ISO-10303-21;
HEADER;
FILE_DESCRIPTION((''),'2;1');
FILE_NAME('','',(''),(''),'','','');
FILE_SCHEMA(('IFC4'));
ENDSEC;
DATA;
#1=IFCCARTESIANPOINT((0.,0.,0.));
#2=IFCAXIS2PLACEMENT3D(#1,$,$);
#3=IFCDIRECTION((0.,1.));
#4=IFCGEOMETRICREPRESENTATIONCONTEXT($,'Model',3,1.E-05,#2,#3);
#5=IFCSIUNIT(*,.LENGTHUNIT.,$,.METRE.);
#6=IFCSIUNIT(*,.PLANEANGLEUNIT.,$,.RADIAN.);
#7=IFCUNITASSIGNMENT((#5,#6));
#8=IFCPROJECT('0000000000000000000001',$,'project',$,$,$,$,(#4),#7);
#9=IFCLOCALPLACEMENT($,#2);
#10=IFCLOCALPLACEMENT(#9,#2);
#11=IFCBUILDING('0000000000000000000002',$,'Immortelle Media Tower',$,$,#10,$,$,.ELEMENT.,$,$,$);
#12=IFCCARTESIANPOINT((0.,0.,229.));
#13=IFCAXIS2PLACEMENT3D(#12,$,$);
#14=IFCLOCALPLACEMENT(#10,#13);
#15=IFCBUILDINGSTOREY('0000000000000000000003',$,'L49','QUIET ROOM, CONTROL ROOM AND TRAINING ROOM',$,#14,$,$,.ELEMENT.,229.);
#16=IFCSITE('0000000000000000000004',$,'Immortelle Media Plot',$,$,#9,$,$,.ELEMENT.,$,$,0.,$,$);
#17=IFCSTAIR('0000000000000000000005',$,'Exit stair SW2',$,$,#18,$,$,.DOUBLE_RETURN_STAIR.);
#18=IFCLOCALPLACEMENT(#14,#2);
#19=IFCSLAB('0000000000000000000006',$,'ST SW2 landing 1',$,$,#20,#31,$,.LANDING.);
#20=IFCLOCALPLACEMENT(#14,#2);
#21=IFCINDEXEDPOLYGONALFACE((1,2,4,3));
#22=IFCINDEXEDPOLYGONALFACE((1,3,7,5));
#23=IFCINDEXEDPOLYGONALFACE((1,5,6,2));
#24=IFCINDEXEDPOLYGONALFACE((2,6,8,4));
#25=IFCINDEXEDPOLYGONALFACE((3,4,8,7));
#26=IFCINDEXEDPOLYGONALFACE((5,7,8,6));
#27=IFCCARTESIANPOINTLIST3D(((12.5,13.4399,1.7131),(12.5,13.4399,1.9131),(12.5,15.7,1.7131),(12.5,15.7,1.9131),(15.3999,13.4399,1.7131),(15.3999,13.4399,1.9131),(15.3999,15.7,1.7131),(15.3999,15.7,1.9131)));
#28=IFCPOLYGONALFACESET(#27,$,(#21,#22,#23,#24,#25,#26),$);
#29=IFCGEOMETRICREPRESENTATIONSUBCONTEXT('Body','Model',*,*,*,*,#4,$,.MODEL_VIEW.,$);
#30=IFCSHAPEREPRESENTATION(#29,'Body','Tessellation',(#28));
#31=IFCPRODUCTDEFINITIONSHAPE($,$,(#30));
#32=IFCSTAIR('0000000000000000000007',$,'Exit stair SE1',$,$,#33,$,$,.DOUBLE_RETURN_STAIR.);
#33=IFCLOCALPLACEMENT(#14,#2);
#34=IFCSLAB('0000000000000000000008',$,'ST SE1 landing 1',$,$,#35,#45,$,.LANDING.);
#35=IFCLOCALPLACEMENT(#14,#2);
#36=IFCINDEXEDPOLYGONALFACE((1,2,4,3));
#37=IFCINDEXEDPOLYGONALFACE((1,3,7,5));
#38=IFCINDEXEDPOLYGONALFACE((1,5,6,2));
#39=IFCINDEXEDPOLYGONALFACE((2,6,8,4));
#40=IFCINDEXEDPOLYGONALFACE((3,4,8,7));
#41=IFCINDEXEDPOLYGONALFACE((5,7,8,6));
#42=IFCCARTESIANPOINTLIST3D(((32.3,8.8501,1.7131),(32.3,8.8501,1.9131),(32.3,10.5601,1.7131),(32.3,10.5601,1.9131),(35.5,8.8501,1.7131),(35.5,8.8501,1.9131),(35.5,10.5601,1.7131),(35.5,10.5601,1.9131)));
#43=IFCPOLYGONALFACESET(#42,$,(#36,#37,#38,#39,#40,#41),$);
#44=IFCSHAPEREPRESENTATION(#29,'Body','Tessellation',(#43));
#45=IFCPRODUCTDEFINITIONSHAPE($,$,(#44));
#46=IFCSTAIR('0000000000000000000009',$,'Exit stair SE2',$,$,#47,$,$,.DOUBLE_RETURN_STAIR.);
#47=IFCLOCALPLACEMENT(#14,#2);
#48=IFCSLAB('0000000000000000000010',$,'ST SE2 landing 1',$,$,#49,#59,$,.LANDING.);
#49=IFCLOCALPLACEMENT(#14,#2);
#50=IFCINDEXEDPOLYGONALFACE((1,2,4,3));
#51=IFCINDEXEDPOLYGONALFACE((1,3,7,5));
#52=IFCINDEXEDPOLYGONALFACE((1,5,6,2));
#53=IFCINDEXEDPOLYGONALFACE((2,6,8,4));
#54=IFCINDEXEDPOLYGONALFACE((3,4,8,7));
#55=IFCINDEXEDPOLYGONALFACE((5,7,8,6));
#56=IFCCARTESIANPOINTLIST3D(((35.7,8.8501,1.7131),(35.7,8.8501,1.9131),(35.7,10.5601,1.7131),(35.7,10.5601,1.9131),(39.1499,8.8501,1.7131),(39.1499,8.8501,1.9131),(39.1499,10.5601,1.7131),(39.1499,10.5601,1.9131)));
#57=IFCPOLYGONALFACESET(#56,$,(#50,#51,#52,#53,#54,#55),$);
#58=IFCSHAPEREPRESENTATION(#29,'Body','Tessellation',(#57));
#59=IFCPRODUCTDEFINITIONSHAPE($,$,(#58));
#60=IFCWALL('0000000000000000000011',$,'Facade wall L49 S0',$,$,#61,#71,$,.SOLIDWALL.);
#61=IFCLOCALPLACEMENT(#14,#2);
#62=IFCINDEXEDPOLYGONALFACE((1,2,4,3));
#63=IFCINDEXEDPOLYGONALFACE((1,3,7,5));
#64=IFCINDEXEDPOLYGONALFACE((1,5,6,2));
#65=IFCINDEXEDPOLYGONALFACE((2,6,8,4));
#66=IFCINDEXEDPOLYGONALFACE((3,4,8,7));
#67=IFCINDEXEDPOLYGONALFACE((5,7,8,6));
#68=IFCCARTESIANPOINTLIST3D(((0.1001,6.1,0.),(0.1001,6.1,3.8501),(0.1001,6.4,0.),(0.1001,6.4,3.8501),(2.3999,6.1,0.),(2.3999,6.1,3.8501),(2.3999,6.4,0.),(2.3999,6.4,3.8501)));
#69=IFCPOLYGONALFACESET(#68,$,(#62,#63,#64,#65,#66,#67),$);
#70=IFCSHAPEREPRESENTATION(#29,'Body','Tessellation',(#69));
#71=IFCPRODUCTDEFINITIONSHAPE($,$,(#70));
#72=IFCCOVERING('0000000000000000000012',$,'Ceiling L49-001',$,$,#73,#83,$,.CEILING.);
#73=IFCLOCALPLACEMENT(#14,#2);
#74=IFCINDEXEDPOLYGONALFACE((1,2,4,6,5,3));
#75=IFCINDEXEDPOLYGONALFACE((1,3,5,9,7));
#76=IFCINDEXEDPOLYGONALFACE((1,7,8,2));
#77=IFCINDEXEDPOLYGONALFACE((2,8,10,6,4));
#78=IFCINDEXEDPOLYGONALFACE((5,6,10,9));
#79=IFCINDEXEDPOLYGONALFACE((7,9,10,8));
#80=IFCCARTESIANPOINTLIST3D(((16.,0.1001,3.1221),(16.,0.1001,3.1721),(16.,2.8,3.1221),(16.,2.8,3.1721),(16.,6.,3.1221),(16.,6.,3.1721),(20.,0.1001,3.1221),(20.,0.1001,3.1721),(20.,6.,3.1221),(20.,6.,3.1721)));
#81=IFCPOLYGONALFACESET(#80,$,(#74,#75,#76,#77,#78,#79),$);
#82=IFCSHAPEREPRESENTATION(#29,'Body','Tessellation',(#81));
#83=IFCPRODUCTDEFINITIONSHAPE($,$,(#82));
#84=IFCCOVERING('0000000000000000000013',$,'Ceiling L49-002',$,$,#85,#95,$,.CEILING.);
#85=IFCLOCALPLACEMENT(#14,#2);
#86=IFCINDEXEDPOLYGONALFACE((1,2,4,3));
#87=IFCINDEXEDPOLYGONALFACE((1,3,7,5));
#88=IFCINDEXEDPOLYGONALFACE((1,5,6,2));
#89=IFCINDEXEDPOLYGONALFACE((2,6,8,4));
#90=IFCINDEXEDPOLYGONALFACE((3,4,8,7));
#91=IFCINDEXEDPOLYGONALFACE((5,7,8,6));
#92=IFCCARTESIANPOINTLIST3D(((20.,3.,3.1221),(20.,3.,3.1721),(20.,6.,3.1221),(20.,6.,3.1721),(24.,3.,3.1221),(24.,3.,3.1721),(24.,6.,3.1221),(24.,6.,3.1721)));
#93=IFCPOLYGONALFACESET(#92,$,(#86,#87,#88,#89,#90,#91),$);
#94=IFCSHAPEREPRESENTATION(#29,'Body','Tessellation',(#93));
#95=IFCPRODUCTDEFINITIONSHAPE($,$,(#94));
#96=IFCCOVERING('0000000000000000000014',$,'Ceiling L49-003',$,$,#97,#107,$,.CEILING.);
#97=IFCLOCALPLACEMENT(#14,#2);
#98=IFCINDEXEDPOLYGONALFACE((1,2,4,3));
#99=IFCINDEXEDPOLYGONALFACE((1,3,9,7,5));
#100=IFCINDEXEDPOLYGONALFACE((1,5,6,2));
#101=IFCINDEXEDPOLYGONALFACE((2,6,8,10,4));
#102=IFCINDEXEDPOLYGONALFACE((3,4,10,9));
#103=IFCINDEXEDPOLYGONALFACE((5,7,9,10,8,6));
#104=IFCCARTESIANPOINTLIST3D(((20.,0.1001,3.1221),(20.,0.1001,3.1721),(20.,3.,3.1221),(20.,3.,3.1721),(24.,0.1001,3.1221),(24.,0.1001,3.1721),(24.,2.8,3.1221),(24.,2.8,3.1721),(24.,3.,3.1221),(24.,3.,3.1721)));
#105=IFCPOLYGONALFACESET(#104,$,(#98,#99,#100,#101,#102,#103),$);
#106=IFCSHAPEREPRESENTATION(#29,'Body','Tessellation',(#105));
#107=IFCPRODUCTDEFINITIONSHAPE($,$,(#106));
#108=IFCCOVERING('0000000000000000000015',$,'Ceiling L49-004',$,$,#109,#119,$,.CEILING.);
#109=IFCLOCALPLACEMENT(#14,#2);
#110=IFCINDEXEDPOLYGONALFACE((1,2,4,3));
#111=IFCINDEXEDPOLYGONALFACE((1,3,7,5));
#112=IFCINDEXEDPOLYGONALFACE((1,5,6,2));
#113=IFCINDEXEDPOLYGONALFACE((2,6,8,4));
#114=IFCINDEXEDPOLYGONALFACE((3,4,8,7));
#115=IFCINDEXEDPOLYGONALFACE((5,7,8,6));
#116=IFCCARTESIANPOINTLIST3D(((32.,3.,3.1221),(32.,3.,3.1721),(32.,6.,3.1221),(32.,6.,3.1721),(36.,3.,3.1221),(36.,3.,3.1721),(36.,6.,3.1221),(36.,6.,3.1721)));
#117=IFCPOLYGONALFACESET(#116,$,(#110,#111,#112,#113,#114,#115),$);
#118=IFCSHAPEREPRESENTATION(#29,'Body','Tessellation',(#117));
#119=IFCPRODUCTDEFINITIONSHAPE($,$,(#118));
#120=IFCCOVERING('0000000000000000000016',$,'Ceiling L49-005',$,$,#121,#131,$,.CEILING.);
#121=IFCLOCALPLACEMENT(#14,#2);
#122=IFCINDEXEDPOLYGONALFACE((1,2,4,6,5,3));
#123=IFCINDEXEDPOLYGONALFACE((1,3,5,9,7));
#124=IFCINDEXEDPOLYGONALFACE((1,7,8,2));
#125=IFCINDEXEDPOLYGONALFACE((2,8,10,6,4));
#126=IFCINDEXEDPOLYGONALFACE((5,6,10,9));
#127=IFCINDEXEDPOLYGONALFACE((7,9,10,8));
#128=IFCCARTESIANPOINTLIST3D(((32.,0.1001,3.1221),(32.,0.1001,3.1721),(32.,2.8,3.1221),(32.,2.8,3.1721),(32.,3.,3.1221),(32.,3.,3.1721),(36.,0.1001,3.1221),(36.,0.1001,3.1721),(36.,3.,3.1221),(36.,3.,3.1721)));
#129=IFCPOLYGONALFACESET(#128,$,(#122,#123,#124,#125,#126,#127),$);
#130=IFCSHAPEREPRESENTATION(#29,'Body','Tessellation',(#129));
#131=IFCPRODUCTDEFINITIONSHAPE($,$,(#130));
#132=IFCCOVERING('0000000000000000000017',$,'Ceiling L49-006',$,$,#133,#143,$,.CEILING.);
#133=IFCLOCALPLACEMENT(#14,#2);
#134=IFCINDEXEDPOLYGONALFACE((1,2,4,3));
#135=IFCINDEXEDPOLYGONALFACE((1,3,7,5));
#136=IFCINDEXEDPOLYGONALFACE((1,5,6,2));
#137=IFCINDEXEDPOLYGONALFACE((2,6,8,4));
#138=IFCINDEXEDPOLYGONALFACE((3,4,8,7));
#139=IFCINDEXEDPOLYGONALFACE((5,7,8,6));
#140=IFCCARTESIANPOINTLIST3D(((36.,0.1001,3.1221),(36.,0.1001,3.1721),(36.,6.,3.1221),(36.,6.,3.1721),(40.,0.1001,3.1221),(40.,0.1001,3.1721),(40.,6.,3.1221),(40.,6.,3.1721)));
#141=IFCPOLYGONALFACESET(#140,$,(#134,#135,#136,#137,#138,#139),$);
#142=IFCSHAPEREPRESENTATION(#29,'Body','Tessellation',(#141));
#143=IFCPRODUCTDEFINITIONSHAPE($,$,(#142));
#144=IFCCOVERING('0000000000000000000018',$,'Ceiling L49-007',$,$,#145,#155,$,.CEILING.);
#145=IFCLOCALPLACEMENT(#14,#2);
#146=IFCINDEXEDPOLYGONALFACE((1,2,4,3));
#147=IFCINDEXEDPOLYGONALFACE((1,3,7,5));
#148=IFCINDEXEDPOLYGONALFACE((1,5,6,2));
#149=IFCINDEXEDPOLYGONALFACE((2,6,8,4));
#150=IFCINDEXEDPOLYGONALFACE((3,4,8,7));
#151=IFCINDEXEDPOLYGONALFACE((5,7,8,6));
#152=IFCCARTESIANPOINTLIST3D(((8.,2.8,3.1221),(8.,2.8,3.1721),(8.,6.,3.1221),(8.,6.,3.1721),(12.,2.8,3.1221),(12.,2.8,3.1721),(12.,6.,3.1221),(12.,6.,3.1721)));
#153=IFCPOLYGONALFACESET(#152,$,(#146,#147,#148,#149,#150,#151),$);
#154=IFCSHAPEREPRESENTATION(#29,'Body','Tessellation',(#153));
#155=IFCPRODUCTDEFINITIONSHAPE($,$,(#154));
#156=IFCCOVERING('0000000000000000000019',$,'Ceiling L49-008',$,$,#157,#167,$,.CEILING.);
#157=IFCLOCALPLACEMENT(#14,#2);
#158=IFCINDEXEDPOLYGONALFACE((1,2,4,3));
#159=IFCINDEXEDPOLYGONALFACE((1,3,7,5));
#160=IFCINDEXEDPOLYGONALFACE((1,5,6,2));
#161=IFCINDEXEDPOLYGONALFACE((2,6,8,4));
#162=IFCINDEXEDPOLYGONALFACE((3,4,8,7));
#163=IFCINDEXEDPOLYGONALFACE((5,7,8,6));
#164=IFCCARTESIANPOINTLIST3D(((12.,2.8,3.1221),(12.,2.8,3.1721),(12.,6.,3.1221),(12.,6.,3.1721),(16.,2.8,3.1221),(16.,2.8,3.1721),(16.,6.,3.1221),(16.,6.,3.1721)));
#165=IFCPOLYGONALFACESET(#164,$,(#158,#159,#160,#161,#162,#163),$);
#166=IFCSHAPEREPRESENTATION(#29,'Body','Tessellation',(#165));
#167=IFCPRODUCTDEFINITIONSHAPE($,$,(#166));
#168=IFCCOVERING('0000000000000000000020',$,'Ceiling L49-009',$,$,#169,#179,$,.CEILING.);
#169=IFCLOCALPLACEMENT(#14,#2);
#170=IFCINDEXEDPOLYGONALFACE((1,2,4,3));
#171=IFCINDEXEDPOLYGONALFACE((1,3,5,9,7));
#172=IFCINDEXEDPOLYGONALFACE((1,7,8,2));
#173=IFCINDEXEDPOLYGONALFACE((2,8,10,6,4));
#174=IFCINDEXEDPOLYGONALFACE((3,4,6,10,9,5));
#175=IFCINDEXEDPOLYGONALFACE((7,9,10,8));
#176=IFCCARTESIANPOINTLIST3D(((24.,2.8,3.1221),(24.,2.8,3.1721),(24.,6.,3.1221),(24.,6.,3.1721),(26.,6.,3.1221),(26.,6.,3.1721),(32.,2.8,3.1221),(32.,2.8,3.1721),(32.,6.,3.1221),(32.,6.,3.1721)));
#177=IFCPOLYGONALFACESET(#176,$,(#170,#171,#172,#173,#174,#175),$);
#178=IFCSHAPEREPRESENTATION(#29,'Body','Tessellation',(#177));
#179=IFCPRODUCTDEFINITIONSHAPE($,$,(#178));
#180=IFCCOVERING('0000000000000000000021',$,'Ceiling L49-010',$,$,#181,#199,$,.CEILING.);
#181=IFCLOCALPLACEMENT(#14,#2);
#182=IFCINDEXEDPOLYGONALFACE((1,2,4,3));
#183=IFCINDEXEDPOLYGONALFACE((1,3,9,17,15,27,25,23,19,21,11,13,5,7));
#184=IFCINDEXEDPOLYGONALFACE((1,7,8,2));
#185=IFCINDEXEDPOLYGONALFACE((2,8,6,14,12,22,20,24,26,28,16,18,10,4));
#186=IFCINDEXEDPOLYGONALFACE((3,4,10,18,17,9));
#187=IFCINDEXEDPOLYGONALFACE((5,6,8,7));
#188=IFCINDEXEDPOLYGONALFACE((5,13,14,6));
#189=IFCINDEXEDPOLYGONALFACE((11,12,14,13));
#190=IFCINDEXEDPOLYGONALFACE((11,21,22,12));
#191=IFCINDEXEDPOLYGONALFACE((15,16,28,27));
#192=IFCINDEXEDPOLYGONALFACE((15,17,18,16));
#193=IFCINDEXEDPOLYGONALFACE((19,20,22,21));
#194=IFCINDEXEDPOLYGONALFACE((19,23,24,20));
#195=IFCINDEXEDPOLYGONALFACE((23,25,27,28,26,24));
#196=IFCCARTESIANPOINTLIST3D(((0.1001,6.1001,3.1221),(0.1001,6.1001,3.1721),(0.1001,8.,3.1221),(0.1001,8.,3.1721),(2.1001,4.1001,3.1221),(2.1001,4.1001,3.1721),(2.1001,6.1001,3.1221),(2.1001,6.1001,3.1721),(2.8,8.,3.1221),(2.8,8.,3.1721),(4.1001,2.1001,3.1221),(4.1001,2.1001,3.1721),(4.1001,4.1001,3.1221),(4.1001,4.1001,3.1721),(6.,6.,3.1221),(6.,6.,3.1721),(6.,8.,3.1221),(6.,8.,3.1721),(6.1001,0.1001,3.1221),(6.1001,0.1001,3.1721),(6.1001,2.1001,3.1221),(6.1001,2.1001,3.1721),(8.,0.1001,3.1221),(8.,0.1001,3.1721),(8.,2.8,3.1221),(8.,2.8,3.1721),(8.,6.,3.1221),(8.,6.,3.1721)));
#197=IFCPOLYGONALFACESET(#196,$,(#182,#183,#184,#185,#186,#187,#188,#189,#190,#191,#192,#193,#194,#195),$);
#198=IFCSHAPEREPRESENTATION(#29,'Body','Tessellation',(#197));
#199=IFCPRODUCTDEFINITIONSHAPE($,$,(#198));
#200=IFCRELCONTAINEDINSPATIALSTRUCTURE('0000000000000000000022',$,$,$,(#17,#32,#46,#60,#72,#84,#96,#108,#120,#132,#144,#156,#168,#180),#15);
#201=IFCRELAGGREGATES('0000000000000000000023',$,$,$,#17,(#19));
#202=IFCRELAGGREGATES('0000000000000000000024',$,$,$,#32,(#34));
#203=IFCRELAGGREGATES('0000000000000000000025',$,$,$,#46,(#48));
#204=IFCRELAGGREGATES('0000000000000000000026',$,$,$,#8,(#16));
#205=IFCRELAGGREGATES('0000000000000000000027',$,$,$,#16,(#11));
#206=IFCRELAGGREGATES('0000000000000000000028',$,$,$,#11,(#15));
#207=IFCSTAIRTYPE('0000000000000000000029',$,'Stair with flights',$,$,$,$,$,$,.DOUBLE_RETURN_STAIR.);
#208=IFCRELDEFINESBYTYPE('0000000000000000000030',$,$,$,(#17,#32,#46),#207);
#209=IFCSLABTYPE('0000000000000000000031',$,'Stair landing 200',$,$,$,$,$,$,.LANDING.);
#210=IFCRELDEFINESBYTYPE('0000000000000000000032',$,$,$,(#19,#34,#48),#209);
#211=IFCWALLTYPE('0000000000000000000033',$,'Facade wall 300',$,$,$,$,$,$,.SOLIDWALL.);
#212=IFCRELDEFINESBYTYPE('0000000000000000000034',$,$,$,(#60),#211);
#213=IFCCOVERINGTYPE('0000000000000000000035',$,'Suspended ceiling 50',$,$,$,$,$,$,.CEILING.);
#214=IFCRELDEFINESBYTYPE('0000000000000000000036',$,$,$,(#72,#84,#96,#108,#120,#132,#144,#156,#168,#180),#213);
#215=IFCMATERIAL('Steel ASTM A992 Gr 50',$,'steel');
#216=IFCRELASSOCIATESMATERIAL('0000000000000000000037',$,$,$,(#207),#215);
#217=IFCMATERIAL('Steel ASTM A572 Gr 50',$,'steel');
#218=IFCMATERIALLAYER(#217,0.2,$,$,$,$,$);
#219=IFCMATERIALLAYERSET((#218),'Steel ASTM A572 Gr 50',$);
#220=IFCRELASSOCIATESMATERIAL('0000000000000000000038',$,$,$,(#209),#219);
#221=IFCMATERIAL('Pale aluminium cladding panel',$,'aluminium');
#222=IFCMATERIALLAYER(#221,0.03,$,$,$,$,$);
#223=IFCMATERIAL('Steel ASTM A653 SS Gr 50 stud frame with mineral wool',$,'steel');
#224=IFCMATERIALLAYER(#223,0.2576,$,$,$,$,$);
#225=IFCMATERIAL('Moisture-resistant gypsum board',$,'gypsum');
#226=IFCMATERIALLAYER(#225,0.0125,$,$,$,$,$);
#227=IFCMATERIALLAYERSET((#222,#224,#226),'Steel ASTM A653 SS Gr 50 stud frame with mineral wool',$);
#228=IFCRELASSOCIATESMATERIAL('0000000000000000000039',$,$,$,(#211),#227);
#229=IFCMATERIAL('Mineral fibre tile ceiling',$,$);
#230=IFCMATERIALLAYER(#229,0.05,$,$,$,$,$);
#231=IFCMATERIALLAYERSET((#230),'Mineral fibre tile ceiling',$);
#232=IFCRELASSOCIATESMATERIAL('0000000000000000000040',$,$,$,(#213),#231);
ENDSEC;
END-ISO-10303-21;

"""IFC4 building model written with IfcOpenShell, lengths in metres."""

from ifc_helpers import new_model, si_unit, direction, frame, frame_2d, origin, place, context, subcontext, project, spatial, polyline, rectangle, outline, extrude, material, layer, layer_set, type_object, element, aggregate, save


model = new_model("IFC4")

# Units and contexts
model_context = context("Model", 3, precision=1e-05, world=origin(), true_north=direction((0.0, 1.0)))
body_context = subcontext(model_context, "Body", "Model", "MODEL_VIEW")
ifc_project = project(units=[si_unit("LENGTHUNIT", "METRE"), si_unit("PLANEANGLEUNIT", "RADIAN")], contexts=[model_context])

# Site, building, storey
site_placement = place(None, origin())
site = spatial("IfcSite", under=ifc_project, at=site_placement, Name="Immortelle Media Plot", CompositionType="ELEMENT", RefElevation=0.0)
building_placement = place(site_placement, origin())
building = spatial("IfcBuilding", under=site, at=building_placement, Name="Immortelle Media Tower", CompositionType="ELEMENT")
storey_placement = place(building_placement, frame((0.0, 0.0, 229.0)))
storey = spatial("IfcBuildingStorey", under=building, at=storey_placement, Name="L49", Description="QUIET ROOM, CONTROL ROOM AND TRAINING ROOM", CompositionType="ELEMENT", Elevation=229.0)

# Shared definitions
ifc_material_1 = material(Name="Steel ASTM A992 Gr 50", Category="steel")

# Stairs, slabs
stair_type = type_object("IfcStairType", Name="Stair with flights", PredefinedType="DOUBLE_RETURN_STAIR", material=ifc_material_1)
ifc_material_2 = material(Name="Steel ASTM A572 Gr 50", Category="steel")
ifc_layer_1 = layer(ifc_material_2, 0.2)
ifc_layer_set_1 = layer_set([ifc_layer_1], Name="Steel ASTM A572 Gr 50")
slab_type_1 = type_object("IfcSlabType", Name="Stair landing 200", PredefinedType="LANDING", material=ifc_layer_set_1)
stair_1_placement = place(storey_placement, origin())
stair_1 = element("IfcStair", 1, at=stair_1_placement, inside=storey, type_object=stair_type, Name="Exit stair SW2", PredefinedType="DOUBLE_RETURN_STAIR")
slab_1_placement = place(storey_placement, frame((0.0, 0.0, 1.7131)))
slab_1 = element("IfcSlab", 2, at=slab_1_placement, type_object=slab_type_1, Name="ST SW2 landing 1", PredefinedType="LANDING", context=body_context, shape_type="SweptSolid", body=[
    extrude(outline(polyline([(12.5, 13.4399), (15.3999, 13.4399), (15.3999, 15.7), (12.5, 15.7), (12.5, 13.4399)])), origin(), (0.0, 0.0, 1.0), 0.2),
])
aggregate(stair_1, [slab_1])
stair_2_placement = place(storey_placement, origin())
stair_2 = element("IfcStair", 3, at=stair_2_placement, inside=storey, type_object=stair_type, Name="Exit stair SE1", PredefinedType="DOUBLE_RETURN_STAIR")
slab_2_placement = place(storey_placement, frame((0.0, 0.0, 1.7131)))
slab_2 = element("IfcSlab", 4, at=slab_2_placement, type_object=slab_type_1, Name="ST SE1 landing 1", PredefinedType="LANDING", context=body_context, shape_type="SweptSolid", body=[
    extrude(outline(polyline([(32.3, 8.8501), (35.5, 8.8501), (35.5, 10.5601), (32.3, 10.5601), (32.3, 8.8501)])), origin(), (0.0, 0.0, 1.0), 0.2),
])
aggregate(stair_2, [slab_2])
stair_3_placement = place(storey_placement, origin())
stair_3 = element("IfcStair", 5, at=stair_3_placement, inside=storey, type_object=stair_type, Name="Exit stair SE2", PredefinedType="DOUBLE_RETURN_STAIR")
slab_3_placement = place(storey_placement, frame((0.0, 0.0, 1.7131)))
slab_3 = element("IfcSlab", 6, at=slab_3_placement, type_object=slab_type_1, Name="ST SE2 landing 1", PredefinedType="LANDING", context=body_context, shape_type="SweptSolid", body=[
    extrude(outline(polyline([(35.7, 8.8501), (39.1499, 8.8501), (39.1499, 10.5601), (35.7, 10.5601), (35.7, 8.8501)])), origin(), (0.0, 0.0, 1.0), 0.2),
])
aggregate(stair_3, [slab_3])

# Wall
ifc_material_3 = material(Name="Pale aluminium cladding panel", Category="aluminium")
ifc_layer_2 = layer(ifc_material_3, 0.03)
ifc_material_4 = material(Name="Steel ASTM A653 SS Gr 50 stud frame with mineral wool", Category="steel")
ifc_layer_3 = layer(ifc_material_4, 0.2576)
ifc_material_5 = material(Name="Moisture-resistant gypsum board", Category="gypsum")
ifc_layer_4 = layer(ifc_material_5, 0.0125)
ifc_layer_set_2 = layer_set([ifc_layer_2, ifc_layer_3, ifc_layer_4], Name="Steel ASTM A653 SS Gr 50 stud frame with mineral wool")
wall_type = type_object("IfcWallType", Name="Facade wall 300", PredefinedType="SOLIDWALL", material=ifc_layer_set_2)
wall_placement = place(storey_placement, frame((0.1001, 6.25, 0.0), z_axis=(0.0, 0.0, 1.0), x_axis=(1.0, 0.0, 0.0)))
element("IfcWall", 7, at=wall_placement, inside=storey, type_object=wall_type, Name="Facade wall L49 S0", PredefinedType="SOLIDWALL", context=body_context, shape_type="SweptSolid", body=[
    extrude(rectangle(XDim=2.2998, YDim=0.3, at=frame_2d((1.1499, 0.0))), origin(), (0.0, 0.0, 1.0), 3.8501),
])

# Coverings
ifc_material_6 = material(Name="Mineral fibre tile ceiling")
ifc_layer_5 = layer(ifc_material_6, 0.05)
ifc_layer_set_3 = layer_set([ifc_layer_5], Name="Mineral fibre tile ceiling")
covering_type = type_object("IfcCoveringType", Name="Suspended ceiling 50", PredefinedType="CEILING", material=ifc_layer_set_3)
covering_1_placement = place(storey_placement, frame((0.0, 0.0, 3.1221)))
element("IfcCovering", 8, at=covering_1_placement, inside=storey, type_object=covering_type, Name="Ceiling L49-001", PredefinedType="CEILING", context=body_context, shape_type="SweptSolid", body=[
    extrude(outline(polyline([(16.0, 2.8), (16.0, 6.0), (20.0, 6.0), (20.0, 0.1001), (16.0, 0.1001), (16.0, 2.8)])), origin(), (0.0, 0.0, 1.0), 0.05),
])
covering_2_placement = place(storey_placement, frame((0.0, 0.0, 3.1221)))
element("IfcCovering", 9, at=covering_2_placement, inside=storey, type_object=covering_type, Name="Ceiling L49-002", PredefinedType="CEILING", context=body_context, shape_type="SweptSolid", body=[
    extrude(outline(polyline([(24.0, 3.0), (20.0, 3.0), (20.0, 6.0), (24.0, 6.0), (24.0, 3.0)])), origin(), (0.0, 0.0, 1.0), 0.05),
])
covering_3_placement = place(storey_placement, frame((0.0, 0.0, 3.1221)))
element("IfcCovering", 10, at=covering_3_placement, inside=storey, type_object=covering_type, Name="Ceiling L49-003", PredefinedType="CEILING", context=body_context, shape_type="SweptSolid", body=[
    extrude(outline(polyline([(24.0, 2.8), (24.0, 0.1001), (20.0, 0.1001), (20.0, 3.0), (24.0, 3.0), (24.0, 2.8)])), origin(), (0.0, 0.0, 1.0), 0.05),
])
covering_4_placement = place(storey_placement, frame((0.0, 0.0, 3.1221)))
element("IfcCovering", 11, at=covering_4_placement, inside=storey, type_object=covering_type, Name="Ceiling L49-004", PredefinedType="CEILING", context=body_context, shape_type="SweptSolid", body=[
    extrude(outline(polyline([(32.0, 6.0), (36.0, 6.0), (36.0, 3.0), (32.0, 3.0), (32.0, 6.0)])), origin(), (0.0, 0.0, 1.0), 0.05),
])
covering_5_placement = place(storey_placement, frame((0.0, 0.0, 3.1221)))
element("IfcCovering", 12, at=covering_5_placement, inside=storey, type_object=covering_type, Name="Ceiling L49-005", PredefinedType="CEILING", context=body_context, shape_type="SweptSolid", body=[
    extrude(outline(polyline([(32.0, 3.0), (36.0, 3.0), (36.0, 0.1001), (32.0, 0.1001), (32.0, 2.8), (32.0, 3.0)])), origin(), (0.0, 0.0, 1.0), 0.05),
])
covering_6_placement = place(storey_placement, frame((0.0, 0.0, 3.1221)))
element("IfcCovering", 13, at=covering_6_placement, inside=storey, type_object=covering_type, Name="Ceiling L49-006", PredefinedType="CEILING", context=body_context, shape_type="SweptSolid", body=[
    extrude(outline(polyline([(40.0, 6.0), (40.0, 0.1001), (36.0, 0.1001), (36.0, 6.0), (40.0, 6.0)])), origin(), (0.0, 0.0, 1.0), 0.05),
])
covering_7_placement = place(storey_placement, frame((0.0, 0.0, 3.1221)))
element("IfcCovering", 14, at=covering_7_placement, inside=storey, type_object=covering_type, Name="Ceiling L49-007", PredefinedType="CEILING", context=body_context, shape_type="SweptSolid", body=[
    extrude(outline(polyline([(8.0, 6.0), (12.0, 6.0), (12.0, 2.8), (8.0, 2.8), (8.0, 6.0)])), origin(), (0.0, 0.0, 1.0), 0.05),
])
covering_8_placement = place(storey_placement, frame((0.0, 0.0, 3.1221)))
element("IfcCovering", 15, at=covering_8_placement, inside=storey, type_object=covering_type, Name="Ceiling L49-008", PredefinedType="CEILING", context=body_context, shape_type="SweptSolid", body=[
    extrude(outline(polyline([(16.0, 6.0), (16.0, 2.8), (12.0, 2.8), (12.0, 6.0), (16.0, 6.0)])), origin(), (0.0, 0.0, 1.0), 0.05),
])
covering_9_placement = place(storey_placement, frame((0.0, 0.0, 3.1221)))
element("IfcCovering", 16, at=covering_9_placement, inside=storey, type_object=covering_type, Name="Ceiling L49-009", PredefinedType="CEILING", context=body_context, shape_type="SweptSolid", body=[
    extrude(outline(polyline([(24.0, 2.8), (24.0, 6.0), (26.0, 6.0), (32.0, 6.0), (32.0, 2.8), (24.0, 2.8)])), origin(), (0.0, 0.0, 1.0), 0.05),
])
covering_10_placement = place(storey_placement, frame((0.0, 0.0, 3.1221)))
element("IfcCovering", 17, at=covering_10_placement, inside=storey, type_object=covering_type, Name="Ceiling L49-010", PredefinedType="CEILING", context=body_context, shape_type="SweptSolid", body=[
    extrude(outline(polyline([(6.1001, 0.1001), (6.1001, 2.1001), (4.1001, 2.1001), (4.1001, 4.1001), (2.1001, 4.1001), (2.1001, 6.1001), (0.1001, 6.1001), (0.1001, 8.0), (2.8, 8.0), (6.0, 8.0), (6.0, 6.0), (8.0, 6.0), (8.0, 2.8), (8.0, 0.1001), (6.1001, 0.1001)])), origin(), (0.0, 0.0, 1.0), 0.05),
])

save(model, "model.ifc")
